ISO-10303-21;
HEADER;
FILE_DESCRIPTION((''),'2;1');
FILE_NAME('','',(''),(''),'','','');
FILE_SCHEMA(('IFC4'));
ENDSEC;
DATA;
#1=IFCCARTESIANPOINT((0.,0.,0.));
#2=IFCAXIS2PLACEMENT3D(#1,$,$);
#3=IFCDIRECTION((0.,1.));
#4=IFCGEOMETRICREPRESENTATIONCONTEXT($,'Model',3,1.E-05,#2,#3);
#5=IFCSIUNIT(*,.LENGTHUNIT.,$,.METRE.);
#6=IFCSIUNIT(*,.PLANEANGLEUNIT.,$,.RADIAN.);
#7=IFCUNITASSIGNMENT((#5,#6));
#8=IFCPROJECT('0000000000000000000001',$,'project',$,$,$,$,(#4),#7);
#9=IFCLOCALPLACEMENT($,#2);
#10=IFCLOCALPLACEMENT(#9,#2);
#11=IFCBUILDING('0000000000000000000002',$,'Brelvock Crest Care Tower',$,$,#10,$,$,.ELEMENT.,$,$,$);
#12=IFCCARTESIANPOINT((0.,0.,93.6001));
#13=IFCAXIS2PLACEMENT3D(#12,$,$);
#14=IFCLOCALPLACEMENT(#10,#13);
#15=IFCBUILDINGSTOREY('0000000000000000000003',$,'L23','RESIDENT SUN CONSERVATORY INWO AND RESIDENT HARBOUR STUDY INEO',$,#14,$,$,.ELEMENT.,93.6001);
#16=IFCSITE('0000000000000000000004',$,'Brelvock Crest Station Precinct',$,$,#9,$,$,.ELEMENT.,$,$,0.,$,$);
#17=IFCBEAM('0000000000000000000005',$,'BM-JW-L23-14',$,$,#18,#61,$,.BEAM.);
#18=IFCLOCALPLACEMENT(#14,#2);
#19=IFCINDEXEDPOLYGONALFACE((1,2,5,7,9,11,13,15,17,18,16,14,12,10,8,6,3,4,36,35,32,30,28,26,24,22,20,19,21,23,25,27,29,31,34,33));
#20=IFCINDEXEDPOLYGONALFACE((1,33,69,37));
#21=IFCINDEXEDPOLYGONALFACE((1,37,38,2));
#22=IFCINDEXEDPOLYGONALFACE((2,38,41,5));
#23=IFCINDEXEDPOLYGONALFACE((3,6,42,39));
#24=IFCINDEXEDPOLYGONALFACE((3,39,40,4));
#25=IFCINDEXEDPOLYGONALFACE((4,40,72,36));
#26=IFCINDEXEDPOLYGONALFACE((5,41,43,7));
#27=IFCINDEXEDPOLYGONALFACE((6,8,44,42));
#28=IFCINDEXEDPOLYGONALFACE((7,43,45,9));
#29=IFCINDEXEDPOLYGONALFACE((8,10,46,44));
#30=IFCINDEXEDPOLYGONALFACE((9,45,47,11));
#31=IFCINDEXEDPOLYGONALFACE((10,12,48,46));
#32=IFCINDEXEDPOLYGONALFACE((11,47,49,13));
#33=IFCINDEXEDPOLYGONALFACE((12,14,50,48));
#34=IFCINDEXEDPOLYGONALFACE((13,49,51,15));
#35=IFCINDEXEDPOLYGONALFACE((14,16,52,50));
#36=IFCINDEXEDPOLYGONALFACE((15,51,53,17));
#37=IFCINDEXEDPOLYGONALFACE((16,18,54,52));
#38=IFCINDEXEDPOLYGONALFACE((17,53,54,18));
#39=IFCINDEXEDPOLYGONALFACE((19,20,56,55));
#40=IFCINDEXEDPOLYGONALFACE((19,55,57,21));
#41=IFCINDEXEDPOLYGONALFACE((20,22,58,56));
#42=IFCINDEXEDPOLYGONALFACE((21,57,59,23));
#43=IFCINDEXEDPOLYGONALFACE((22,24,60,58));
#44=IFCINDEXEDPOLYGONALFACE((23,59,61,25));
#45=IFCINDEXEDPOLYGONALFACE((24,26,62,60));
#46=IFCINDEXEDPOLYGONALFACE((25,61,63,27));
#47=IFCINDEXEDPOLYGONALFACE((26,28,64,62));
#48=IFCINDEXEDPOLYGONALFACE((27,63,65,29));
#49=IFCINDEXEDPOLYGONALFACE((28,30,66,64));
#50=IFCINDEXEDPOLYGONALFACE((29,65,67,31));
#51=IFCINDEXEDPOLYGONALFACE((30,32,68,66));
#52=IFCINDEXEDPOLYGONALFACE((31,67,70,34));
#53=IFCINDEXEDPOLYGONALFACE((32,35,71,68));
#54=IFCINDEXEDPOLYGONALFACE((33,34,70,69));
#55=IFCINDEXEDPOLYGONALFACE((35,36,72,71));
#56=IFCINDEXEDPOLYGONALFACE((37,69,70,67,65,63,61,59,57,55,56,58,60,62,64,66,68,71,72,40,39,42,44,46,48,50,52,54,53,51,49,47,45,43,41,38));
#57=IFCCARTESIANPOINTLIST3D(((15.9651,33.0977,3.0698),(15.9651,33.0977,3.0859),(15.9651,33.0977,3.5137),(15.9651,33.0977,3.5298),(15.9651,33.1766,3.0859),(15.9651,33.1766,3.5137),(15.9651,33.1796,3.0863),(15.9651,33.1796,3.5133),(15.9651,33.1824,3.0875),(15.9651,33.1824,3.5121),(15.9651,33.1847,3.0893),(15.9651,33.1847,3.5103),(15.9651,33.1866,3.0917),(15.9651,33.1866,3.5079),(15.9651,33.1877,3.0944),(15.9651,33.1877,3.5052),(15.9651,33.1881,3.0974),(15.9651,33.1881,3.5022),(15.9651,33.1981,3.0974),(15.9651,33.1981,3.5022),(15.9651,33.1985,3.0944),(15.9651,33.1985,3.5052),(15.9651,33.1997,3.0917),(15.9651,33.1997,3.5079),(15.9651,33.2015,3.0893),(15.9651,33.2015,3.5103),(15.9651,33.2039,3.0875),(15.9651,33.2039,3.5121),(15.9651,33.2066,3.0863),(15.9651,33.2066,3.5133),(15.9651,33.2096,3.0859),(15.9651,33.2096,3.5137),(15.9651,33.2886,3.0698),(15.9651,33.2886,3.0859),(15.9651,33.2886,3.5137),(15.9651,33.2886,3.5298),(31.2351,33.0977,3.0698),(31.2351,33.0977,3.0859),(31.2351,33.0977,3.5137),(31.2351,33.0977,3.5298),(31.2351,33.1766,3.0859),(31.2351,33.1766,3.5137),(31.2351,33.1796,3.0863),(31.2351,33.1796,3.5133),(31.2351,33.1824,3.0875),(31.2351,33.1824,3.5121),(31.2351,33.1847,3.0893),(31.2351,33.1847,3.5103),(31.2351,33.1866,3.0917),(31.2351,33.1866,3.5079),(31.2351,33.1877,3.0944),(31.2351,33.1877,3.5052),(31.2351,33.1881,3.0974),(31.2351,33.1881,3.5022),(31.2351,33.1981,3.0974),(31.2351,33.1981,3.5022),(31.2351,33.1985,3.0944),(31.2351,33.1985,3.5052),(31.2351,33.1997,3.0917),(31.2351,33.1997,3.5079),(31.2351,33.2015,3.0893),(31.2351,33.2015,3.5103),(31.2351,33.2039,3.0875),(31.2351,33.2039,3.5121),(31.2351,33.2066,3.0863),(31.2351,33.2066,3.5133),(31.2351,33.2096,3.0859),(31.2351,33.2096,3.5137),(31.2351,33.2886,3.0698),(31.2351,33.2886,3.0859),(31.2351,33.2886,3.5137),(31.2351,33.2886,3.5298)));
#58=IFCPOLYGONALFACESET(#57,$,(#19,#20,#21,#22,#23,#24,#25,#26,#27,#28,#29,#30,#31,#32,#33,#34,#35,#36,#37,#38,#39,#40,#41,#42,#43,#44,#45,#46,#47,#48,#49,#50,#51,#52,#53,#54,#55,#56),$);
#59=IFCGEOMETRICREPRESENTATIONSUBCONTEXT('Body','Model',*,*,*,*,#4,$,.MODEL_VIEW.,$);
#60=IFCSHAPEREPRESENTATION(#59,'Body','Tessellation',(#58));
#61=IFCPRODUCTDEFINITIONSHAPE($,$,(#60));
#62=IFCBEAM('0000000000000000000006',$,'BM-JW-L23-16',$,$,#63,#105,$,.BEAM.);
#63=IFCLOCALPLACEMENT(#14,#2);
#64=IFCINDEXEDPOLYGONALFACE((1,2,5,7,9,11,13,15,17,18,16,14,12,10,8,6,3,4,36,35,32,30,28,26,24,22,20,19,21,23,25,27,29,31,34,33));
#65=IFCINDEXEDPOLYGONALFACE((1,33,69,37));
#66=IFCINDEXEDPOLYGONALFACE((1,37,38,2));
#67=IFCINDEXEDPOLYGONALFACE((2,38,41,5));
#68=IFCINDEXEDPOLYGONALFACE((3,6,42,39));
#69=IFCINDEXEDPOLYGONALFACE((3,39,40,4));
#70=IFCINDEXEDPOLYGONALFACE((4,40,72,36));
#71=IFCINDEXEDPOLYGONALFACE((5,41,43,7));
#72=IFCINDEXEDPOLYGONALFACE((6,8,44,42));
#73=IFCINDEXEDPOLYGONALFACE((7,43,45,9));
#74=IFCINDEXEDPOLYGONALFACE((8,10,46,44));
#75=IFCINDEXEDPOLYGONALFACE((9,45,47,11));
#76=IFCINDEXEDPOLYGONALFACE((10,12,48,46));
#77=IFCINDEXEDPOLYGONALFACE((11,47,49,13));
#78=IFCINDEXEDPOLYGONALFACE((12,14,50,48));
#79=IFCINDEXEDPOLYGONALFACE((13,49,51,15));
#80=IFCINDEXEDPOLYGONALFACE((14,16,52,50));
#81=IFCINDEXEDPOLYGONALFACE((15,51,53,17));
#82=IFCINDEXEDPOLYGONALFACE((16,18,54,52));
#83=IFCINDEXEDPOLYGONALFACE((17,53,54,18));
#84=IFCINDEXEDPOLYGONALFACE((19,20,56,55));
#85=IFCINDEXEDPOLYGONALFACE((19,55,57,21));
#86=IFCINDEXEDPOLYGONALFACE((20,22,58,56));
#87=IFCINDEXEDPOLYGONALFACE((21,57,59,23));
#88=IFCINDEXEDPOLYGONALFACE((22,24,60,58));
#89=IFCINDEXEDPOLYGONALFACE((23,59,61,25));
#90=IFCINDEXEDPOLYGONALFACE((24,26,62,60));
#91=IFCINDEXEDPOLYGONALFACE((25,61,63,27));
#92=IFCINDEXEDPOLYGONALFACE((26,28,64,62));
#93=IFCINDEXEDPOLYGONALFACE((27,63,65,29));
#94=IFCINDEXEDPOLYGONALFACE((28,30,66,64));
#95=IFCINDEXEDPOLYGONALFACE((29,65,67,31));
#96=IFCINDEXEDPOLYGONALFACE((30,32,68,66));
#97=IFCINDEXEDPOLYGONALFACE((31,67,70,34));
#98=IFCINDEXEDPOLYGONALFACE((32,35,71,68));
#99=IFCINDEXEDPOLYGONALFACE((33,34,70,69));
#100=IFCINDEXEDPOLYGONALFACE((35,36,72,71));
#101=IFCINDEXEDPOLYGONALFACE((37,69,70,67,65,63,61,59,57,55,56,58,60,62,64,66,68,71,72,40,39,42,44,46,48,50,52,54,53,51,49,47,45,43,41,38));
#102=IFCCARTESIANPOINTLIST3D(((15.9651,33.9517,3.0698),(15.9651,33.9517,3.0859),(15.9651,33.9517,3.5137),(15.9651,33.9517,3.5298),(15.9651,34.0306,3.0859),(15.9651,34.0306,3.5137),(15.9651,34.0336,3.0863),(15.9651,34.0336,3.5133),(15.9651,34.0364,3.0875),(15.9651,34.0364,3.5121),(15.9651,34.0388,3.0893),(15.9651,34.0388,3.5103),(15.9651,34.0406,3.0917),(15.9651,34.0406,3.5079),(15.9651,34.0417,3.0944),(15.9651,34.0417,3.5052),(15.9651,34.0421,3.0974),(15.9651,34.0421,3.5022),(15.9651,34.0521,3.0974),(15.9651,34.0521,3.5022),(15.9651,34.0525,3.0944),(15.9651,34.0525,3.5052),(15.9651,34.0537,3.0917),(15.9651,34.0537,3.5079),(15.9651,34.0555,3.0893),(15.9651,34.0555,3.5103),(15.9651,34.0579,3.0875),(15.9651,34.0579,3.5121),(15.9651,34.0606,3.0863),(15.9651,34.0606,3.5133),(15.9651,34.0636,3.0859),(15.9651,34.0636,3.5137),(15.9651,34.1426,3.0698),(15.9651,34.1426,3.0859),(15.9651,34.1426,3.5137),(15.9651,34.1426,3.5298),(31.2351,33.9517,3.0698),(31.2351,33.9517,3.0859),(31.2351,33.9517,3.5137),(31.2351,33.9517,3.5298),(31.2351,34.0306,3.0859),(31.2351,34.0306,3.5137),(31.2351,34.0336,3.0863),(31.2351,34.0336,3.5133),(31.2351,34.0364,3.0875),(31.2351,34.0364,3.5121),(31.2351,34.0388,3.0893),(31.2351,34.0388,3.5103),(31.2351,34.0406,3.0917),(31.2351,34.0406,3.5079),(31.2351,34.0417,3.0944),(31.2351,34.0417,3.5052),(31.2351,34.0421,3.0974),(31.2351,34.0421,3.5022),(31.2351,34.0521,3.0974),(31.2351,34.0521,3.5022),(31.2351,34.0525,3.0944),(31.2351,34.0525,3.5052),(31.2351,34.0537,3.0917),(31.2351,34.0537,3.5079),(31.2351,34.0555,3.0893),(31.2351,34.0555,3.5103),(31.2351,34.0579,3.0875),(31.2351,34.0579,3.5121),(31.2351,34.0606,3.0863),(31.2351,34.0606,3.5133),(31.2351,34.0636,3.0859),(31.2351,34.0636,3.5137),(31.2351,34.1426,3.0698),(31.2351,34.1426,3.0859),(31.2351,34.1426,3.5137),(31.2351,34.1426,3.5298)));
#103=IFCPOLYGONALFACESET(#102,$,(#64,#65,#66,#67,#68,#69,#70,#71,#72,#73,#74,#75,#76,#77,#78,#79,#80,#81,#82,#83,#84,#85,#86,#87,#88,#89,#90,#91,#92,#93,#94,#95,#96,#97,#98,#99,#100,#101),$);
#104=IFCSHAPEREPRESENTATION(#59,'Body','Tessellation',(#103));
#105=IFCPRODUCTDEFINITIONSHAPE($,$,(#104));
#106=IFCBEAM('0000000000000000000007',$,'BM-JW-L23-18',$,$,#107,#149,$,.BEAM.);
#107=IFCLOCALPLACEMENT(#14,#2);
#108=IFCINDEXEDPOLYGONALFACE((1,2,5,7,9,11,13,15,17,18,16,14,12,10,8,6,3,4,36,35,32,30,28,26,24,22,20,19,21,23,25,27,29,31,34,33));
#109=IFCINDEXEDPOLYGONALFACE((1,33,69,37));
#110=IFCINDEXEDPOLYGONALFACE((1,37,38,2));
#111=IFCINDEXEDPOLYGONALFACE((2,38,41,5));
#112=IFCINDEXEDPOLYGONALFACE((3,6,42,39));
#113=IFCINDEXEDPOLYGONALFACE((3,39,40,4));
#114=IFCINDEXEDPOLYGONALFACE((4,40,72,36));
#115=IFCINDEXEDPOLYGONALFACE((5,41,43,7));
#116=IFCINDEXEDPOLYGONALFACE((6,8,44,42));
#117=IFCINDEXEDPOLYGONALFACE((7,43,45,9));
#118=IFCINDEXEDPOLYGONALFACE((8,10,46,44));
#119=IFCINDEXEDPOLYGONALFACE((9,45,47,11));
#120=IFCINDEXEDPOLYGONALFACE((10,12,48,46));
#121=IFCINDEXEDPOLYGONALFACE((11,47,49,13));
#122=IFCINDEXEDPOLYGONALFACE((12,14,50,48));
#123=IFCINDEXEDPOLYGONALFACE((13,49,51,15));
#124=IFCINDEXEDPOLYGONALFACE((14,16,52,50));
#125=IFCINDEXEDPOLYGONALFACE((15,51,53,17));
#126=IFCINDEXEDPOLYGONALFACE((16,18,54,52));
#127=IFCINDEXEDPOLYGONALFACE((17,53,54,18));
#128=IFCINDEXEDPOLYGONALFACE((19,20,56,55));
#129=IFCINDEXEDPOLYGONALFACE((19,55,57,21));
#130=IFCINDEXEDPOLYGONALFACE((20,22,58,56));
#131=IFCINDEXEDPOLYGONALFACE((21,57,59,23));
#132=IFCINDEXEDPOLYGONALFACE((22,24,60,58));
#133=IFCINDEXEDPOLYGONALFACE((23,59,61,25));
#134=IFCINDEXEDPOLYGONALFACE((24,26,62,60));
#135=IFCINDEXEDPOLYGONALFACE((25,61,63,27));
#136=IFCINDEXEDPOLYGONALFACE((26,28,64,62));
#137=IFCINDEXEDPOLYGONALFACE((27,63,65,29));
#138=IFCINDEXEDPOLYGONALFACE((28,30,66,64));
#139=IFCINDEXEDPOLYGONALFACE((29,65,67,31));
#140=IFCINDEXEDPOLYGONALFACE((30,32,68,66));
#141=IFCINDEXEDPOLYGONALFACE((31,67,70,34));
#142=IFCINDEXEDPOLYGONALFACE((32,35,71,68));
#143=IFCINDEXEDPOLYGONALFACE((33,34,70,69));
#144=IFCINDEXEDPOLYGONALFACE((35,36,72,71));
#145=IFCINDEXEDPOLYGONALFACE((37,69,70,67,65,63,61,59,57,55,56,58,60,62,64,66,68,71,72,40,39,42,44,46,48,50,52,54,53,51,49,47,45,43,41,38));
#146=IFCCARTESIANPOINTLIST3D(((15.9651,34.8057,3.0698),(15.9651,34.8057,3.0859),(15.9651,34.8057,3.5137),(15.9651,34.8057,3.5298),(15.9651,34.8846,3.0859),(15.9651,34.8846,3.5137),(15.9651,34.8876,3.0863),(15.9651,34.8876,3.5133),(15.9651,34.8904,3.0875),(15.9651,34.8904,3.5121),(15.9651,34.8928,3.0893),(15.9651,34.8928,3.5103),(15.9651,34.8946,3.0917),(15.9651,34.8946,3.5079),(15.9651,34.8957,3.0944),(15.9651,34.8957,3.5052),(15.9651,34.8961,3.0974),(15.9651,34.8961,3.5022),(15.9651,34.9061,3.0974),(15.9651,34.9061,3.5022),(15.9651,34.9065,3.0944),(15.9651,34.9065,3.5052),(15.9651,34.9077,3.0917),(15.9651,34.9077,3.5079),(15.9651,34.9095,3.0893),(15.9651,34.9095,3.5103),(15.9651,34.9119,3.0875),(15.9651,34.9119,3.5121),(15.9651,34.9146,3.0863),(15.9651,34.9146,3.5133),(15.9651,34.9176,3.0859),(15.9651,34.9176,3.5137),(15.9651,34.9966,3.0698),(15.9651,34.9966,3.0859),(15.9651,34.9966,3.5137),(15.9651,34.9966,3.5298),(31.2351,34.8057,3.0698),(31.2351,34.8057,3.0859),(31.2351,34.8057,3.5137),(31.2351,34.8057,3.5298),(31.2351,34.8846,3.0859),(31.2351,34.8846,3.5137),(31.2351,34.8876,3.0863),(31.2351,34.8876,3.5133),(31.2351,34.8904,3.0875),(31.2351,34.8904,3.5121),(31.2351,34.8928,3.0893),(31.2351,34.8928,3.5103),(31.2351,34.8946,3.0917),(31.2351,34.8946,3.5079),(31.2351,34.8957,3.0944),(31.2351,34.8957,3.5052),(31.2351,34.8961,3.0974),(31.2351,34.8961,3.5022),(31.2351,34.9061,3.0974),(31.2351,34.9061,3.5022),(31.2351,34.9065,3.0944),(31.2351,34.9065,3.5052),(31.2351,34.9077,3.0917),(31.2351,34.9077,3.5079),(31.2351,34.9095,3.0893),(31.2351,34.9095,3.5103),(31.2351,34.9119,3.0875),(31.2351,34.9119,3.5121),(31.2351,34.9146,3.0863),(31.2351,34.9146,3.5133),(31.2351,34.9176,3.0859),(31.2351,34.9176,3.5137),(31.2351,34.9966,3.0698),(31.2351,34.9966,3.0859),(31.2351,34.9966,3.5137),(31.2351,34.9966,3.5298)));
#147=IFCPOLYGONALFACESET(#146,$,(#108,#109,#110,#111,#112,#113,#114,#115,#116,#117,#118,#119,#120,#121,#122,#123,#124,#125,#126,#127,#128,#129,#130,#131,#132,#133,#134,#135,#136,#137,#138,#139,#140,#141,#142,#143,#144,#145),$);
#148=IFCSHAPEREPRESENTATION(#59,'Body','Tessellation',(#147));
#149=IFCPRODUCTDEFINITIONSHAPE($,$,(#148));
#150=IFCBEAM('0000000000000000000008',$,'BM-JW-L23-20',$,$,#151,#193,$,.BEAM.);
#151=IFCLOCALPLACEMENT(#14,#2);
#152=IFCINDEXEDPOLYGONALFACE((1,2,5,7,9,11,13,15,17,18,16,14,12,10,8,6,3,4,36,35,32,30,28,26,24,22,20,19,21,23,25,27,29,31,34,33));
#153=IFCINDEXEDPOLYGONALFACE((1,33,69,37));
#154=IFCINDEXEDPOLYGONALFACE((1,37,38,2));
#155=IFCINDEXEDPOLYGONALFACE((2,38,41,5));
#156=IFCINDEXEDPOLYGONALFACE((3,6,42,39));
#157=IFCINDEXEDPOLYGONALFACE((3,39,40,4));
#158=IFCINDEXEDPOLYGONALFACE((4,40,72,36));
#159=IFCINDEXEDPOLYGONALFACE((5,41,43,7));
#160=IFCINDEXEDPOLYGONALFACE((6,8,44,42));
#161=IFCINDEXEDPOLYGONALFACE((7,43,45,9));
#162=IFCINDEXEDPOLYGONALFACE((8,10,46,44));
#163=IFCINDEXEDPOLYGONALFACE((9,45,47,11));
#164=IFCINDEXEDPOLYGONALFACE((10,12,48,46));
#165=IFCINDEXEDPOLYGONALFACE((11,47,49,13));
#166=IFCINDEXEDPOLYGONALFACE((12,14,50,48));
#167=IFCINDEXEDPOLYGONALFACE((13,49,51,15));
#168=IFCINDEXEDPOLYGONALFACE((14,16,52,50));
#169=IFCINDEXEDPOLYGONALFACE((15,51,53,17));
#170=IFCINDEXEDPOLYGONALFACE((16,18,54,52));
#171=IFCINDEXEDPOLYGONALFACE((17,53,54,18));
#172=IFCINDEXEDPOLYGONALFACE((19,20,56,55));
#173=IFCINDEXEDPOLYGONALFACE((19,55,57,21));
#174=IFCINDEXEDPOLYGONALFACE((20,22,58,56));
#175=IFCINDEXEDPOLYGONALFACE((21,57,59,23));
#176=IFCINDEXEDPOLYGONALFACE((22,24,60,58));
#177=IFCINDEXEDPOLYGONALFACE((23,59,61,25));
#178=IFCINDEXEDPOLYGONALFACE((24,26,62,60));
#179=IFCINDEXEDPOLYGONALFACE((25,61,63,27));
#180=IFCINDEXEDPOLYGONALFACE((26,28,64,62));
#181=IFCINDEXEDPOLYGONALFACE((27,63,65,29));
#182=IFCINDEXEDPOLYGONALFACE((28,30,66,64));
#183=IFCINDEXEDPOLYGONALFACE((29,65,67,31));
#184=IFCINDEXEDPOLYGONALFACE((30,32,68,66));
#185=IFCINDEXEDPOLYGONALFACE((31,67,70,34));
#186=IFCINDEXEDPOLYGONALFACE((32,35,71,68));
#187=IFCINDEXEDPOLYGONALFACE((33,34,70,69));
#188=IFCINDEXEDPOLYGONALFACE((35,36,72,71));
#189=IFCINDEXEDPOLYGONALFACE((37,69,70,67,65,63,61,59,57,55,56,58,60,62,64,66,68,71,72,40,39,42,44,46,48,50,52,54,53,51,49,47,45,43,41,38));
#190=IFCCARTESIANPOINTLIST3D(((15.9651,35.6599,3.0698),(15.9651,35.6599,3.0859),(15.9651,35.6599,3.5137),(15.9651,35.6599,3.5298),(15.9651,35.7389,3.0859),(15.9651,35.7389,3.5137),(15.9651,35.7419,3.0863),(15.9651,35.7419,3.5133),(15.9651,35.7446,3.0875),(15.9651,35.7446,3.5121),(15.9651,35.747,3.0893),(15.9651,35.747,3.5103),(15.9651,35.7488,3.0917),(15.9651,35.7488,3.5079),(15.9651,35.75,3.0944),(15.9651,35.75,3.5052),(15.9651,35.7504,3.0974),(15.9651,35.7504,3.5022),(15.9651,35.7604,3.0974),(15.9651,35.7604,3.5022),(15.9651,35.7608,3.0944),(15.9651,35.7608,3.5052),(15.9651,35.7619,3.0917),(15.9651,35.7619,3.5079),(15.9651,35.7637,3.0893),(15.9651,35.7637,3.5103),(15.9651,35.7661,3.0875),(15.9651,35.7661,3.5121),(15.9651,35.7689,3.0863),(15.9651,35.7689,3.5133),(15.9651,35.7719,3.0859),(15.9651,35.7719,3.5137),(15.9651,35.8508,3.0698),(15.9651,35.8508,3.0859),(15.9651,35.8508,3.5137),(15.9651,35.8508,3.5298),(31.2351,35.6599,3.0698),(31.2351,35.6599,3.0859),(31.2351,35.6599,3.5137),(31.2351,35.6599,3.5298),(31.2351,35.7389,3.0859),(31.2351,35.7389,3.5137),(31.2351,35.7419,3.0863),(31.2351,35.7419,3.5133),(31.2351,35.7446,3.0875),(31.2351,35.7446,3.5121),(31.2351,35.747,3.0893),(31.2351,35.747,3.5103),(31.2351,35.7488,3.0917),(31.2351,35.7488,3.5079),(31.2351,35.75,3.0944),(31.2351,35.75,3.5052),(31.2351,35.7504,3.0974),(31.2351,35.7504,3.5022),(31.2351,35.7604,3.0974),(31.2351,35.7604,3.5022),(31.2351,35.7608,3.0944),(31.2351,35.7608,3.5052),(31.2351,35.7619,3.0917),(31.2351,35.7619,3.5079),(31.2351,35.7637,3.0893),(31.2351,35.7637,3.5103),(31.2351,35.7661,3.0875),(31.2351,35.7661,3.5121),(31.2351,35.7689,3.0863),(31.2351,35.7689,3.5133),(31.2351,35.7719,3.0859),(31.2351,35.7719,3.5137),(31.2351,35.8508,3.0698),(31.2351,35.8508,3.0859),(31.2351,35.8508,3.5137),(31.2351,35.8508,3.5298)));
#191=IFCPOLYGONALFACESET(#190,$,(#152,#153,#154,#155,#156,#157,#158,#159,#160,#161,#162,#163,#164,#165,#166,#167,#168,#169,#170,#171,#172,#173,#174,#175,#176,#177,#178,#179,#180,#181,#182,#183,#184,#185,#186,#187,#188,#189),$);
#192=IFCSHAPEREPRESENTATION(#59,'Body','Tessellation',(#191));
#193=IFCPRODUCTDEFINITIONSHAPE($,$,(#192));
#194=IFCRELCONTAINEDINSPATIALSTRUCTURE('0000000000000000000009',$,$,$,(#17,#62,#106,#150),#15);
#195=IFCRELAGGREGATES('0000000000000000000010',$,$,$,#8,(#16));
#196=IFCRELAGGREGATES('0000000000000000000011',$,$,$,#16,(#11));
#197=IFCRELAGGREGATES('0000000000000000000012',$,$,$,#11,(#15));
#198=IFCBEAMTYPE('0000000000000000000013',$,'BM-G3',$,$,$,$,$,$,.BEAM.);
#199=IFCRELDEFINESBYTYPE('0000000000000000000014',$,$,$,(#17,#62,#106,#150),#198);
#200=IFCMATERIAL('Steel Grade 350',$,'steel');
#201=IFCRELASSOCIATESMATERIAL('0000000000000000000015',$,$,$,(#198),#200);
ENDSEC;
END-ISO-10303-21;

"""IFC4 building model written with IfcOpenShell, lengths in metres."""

from ifc_helpers import new_model, si_unit, direction, frame, origin, origin_2d, place, context, subcontext, project, spatial, i_section, extrude, source, transform, mapped, material, material_profile, profile_set, type_object, element, save


model = new_model("IFC4")

# Units and contexts
model_context = context("Model", 3, precision=1e-05, world=origin(), true_north=direction((0.0, 1.0)))
body_context = subcontext(model_context, "Body", "Model", "MODEL_VIEW")
ifc_project = project(units=[si_unit("LENGTHUNIT", "METRE"), si_unit("PLANEANGLEUNIT", "RADIAN")], contexts=[model_context])

# Site, building, storey
site_placement = place(None, origin())
site = spatial("IfcSite", under=ifc_project, at=site_placement, Name="Brelvock Crest Station Precinct", CompositionType="ELEMENT", RefElevation=0.0)
building_placement = place(site_placement, origin())
building = spatial("IfcBuilding", under=site, at=building_placement, Name="Brelvock Crest Care Tower", CompositionType="ELEMENT")
storey_placement = place(building_placement, frame((0.0, 0.0, 93.6001)))
storey = spatial("IfcBuildingStorey", under=building, at=storey_placement, Name="L23", Description="RESIDENT SUN CONSERVATORY INWO AND RESIDENT HARBOUR STUDY INEO", CompositionType="ELEMENT", Elevation=93.6001)

# Shared definitions
ifc_material_1 = material(Name="Steel Grade 350", Category="steel")

# Beams
ifc_material_profile_1 = material_profile(ifc_material_1, i_section(OverallWidth=0.1909, OverallDepth=0.46, WebThickness=0.01, FlangeThickness=0.0161, FilletRadius=0.0115, at=origin_2d()), Name="460UB82.1")
ifc_profile_set_1 = profile_set([ifc_material_profile_1], Name="Steel Grade 350")
beam_type_1 = type_object("IfcBeamType", Name="BM-G3", PredefinedType="BEAM", material=ifc_profile_set_1)
shared_shape_1 = source(origin(), body_context, "Body", "SweptSolid", [
    extrude(i_section(OverallWidth=0.1909, OverallDepth=0.46, WebThickness=0.01, FlangeThickness=0.0161, FilletRadius=0.0115, at=origin_2d()), origin(), (0.0, 0.0, 1.0), 15.27),
])
for number, where, z_axis, x_axis, name in (
    (1, (15.9651, 33.1931, 3.2998), (1.0, 0.0, 0.0), (0.0, 1.0, 0.0), "BM-JW-L23-14"),
    (2, (15.9651, 34.0471, 3.2998), (1.0, 0.0, 0.0), (0.0, 1.0, 0.0), "BM-JW-L23-16"),
    (3, (15.9651, 34.9011, 3.2998), (1.0, 0.0, 0.0), (0.0, 1.0, 0.0), "BM-JW-L23-18"),
    (4, (15.9651, 35.7554, 3.2998), (1.0, 0.0, 0.0), (0.0, 1.0, 0.0), "BM-JW-L23-20"),
):
    element("IfcBeam", number, at=place(storey_placement, frame(where, z_axis=z_axis, x_axis=x_axis)), inside=storey, type_object=beam_type_1, Name=name, PredefinedType="BEAM", context=body_context, shape_type="MappedRepresentation", body=[
        mapped(shared_shape_1, transform((0.0, 0.0, 0.0), x_axis=(1.0, 0.0, 0.0), y_axis=(0.0, 1.0, 0.0), z_axis=(0.0, 0.0, 1.0), scale=1.0)),
    ])

save(model, "model.ifc")
